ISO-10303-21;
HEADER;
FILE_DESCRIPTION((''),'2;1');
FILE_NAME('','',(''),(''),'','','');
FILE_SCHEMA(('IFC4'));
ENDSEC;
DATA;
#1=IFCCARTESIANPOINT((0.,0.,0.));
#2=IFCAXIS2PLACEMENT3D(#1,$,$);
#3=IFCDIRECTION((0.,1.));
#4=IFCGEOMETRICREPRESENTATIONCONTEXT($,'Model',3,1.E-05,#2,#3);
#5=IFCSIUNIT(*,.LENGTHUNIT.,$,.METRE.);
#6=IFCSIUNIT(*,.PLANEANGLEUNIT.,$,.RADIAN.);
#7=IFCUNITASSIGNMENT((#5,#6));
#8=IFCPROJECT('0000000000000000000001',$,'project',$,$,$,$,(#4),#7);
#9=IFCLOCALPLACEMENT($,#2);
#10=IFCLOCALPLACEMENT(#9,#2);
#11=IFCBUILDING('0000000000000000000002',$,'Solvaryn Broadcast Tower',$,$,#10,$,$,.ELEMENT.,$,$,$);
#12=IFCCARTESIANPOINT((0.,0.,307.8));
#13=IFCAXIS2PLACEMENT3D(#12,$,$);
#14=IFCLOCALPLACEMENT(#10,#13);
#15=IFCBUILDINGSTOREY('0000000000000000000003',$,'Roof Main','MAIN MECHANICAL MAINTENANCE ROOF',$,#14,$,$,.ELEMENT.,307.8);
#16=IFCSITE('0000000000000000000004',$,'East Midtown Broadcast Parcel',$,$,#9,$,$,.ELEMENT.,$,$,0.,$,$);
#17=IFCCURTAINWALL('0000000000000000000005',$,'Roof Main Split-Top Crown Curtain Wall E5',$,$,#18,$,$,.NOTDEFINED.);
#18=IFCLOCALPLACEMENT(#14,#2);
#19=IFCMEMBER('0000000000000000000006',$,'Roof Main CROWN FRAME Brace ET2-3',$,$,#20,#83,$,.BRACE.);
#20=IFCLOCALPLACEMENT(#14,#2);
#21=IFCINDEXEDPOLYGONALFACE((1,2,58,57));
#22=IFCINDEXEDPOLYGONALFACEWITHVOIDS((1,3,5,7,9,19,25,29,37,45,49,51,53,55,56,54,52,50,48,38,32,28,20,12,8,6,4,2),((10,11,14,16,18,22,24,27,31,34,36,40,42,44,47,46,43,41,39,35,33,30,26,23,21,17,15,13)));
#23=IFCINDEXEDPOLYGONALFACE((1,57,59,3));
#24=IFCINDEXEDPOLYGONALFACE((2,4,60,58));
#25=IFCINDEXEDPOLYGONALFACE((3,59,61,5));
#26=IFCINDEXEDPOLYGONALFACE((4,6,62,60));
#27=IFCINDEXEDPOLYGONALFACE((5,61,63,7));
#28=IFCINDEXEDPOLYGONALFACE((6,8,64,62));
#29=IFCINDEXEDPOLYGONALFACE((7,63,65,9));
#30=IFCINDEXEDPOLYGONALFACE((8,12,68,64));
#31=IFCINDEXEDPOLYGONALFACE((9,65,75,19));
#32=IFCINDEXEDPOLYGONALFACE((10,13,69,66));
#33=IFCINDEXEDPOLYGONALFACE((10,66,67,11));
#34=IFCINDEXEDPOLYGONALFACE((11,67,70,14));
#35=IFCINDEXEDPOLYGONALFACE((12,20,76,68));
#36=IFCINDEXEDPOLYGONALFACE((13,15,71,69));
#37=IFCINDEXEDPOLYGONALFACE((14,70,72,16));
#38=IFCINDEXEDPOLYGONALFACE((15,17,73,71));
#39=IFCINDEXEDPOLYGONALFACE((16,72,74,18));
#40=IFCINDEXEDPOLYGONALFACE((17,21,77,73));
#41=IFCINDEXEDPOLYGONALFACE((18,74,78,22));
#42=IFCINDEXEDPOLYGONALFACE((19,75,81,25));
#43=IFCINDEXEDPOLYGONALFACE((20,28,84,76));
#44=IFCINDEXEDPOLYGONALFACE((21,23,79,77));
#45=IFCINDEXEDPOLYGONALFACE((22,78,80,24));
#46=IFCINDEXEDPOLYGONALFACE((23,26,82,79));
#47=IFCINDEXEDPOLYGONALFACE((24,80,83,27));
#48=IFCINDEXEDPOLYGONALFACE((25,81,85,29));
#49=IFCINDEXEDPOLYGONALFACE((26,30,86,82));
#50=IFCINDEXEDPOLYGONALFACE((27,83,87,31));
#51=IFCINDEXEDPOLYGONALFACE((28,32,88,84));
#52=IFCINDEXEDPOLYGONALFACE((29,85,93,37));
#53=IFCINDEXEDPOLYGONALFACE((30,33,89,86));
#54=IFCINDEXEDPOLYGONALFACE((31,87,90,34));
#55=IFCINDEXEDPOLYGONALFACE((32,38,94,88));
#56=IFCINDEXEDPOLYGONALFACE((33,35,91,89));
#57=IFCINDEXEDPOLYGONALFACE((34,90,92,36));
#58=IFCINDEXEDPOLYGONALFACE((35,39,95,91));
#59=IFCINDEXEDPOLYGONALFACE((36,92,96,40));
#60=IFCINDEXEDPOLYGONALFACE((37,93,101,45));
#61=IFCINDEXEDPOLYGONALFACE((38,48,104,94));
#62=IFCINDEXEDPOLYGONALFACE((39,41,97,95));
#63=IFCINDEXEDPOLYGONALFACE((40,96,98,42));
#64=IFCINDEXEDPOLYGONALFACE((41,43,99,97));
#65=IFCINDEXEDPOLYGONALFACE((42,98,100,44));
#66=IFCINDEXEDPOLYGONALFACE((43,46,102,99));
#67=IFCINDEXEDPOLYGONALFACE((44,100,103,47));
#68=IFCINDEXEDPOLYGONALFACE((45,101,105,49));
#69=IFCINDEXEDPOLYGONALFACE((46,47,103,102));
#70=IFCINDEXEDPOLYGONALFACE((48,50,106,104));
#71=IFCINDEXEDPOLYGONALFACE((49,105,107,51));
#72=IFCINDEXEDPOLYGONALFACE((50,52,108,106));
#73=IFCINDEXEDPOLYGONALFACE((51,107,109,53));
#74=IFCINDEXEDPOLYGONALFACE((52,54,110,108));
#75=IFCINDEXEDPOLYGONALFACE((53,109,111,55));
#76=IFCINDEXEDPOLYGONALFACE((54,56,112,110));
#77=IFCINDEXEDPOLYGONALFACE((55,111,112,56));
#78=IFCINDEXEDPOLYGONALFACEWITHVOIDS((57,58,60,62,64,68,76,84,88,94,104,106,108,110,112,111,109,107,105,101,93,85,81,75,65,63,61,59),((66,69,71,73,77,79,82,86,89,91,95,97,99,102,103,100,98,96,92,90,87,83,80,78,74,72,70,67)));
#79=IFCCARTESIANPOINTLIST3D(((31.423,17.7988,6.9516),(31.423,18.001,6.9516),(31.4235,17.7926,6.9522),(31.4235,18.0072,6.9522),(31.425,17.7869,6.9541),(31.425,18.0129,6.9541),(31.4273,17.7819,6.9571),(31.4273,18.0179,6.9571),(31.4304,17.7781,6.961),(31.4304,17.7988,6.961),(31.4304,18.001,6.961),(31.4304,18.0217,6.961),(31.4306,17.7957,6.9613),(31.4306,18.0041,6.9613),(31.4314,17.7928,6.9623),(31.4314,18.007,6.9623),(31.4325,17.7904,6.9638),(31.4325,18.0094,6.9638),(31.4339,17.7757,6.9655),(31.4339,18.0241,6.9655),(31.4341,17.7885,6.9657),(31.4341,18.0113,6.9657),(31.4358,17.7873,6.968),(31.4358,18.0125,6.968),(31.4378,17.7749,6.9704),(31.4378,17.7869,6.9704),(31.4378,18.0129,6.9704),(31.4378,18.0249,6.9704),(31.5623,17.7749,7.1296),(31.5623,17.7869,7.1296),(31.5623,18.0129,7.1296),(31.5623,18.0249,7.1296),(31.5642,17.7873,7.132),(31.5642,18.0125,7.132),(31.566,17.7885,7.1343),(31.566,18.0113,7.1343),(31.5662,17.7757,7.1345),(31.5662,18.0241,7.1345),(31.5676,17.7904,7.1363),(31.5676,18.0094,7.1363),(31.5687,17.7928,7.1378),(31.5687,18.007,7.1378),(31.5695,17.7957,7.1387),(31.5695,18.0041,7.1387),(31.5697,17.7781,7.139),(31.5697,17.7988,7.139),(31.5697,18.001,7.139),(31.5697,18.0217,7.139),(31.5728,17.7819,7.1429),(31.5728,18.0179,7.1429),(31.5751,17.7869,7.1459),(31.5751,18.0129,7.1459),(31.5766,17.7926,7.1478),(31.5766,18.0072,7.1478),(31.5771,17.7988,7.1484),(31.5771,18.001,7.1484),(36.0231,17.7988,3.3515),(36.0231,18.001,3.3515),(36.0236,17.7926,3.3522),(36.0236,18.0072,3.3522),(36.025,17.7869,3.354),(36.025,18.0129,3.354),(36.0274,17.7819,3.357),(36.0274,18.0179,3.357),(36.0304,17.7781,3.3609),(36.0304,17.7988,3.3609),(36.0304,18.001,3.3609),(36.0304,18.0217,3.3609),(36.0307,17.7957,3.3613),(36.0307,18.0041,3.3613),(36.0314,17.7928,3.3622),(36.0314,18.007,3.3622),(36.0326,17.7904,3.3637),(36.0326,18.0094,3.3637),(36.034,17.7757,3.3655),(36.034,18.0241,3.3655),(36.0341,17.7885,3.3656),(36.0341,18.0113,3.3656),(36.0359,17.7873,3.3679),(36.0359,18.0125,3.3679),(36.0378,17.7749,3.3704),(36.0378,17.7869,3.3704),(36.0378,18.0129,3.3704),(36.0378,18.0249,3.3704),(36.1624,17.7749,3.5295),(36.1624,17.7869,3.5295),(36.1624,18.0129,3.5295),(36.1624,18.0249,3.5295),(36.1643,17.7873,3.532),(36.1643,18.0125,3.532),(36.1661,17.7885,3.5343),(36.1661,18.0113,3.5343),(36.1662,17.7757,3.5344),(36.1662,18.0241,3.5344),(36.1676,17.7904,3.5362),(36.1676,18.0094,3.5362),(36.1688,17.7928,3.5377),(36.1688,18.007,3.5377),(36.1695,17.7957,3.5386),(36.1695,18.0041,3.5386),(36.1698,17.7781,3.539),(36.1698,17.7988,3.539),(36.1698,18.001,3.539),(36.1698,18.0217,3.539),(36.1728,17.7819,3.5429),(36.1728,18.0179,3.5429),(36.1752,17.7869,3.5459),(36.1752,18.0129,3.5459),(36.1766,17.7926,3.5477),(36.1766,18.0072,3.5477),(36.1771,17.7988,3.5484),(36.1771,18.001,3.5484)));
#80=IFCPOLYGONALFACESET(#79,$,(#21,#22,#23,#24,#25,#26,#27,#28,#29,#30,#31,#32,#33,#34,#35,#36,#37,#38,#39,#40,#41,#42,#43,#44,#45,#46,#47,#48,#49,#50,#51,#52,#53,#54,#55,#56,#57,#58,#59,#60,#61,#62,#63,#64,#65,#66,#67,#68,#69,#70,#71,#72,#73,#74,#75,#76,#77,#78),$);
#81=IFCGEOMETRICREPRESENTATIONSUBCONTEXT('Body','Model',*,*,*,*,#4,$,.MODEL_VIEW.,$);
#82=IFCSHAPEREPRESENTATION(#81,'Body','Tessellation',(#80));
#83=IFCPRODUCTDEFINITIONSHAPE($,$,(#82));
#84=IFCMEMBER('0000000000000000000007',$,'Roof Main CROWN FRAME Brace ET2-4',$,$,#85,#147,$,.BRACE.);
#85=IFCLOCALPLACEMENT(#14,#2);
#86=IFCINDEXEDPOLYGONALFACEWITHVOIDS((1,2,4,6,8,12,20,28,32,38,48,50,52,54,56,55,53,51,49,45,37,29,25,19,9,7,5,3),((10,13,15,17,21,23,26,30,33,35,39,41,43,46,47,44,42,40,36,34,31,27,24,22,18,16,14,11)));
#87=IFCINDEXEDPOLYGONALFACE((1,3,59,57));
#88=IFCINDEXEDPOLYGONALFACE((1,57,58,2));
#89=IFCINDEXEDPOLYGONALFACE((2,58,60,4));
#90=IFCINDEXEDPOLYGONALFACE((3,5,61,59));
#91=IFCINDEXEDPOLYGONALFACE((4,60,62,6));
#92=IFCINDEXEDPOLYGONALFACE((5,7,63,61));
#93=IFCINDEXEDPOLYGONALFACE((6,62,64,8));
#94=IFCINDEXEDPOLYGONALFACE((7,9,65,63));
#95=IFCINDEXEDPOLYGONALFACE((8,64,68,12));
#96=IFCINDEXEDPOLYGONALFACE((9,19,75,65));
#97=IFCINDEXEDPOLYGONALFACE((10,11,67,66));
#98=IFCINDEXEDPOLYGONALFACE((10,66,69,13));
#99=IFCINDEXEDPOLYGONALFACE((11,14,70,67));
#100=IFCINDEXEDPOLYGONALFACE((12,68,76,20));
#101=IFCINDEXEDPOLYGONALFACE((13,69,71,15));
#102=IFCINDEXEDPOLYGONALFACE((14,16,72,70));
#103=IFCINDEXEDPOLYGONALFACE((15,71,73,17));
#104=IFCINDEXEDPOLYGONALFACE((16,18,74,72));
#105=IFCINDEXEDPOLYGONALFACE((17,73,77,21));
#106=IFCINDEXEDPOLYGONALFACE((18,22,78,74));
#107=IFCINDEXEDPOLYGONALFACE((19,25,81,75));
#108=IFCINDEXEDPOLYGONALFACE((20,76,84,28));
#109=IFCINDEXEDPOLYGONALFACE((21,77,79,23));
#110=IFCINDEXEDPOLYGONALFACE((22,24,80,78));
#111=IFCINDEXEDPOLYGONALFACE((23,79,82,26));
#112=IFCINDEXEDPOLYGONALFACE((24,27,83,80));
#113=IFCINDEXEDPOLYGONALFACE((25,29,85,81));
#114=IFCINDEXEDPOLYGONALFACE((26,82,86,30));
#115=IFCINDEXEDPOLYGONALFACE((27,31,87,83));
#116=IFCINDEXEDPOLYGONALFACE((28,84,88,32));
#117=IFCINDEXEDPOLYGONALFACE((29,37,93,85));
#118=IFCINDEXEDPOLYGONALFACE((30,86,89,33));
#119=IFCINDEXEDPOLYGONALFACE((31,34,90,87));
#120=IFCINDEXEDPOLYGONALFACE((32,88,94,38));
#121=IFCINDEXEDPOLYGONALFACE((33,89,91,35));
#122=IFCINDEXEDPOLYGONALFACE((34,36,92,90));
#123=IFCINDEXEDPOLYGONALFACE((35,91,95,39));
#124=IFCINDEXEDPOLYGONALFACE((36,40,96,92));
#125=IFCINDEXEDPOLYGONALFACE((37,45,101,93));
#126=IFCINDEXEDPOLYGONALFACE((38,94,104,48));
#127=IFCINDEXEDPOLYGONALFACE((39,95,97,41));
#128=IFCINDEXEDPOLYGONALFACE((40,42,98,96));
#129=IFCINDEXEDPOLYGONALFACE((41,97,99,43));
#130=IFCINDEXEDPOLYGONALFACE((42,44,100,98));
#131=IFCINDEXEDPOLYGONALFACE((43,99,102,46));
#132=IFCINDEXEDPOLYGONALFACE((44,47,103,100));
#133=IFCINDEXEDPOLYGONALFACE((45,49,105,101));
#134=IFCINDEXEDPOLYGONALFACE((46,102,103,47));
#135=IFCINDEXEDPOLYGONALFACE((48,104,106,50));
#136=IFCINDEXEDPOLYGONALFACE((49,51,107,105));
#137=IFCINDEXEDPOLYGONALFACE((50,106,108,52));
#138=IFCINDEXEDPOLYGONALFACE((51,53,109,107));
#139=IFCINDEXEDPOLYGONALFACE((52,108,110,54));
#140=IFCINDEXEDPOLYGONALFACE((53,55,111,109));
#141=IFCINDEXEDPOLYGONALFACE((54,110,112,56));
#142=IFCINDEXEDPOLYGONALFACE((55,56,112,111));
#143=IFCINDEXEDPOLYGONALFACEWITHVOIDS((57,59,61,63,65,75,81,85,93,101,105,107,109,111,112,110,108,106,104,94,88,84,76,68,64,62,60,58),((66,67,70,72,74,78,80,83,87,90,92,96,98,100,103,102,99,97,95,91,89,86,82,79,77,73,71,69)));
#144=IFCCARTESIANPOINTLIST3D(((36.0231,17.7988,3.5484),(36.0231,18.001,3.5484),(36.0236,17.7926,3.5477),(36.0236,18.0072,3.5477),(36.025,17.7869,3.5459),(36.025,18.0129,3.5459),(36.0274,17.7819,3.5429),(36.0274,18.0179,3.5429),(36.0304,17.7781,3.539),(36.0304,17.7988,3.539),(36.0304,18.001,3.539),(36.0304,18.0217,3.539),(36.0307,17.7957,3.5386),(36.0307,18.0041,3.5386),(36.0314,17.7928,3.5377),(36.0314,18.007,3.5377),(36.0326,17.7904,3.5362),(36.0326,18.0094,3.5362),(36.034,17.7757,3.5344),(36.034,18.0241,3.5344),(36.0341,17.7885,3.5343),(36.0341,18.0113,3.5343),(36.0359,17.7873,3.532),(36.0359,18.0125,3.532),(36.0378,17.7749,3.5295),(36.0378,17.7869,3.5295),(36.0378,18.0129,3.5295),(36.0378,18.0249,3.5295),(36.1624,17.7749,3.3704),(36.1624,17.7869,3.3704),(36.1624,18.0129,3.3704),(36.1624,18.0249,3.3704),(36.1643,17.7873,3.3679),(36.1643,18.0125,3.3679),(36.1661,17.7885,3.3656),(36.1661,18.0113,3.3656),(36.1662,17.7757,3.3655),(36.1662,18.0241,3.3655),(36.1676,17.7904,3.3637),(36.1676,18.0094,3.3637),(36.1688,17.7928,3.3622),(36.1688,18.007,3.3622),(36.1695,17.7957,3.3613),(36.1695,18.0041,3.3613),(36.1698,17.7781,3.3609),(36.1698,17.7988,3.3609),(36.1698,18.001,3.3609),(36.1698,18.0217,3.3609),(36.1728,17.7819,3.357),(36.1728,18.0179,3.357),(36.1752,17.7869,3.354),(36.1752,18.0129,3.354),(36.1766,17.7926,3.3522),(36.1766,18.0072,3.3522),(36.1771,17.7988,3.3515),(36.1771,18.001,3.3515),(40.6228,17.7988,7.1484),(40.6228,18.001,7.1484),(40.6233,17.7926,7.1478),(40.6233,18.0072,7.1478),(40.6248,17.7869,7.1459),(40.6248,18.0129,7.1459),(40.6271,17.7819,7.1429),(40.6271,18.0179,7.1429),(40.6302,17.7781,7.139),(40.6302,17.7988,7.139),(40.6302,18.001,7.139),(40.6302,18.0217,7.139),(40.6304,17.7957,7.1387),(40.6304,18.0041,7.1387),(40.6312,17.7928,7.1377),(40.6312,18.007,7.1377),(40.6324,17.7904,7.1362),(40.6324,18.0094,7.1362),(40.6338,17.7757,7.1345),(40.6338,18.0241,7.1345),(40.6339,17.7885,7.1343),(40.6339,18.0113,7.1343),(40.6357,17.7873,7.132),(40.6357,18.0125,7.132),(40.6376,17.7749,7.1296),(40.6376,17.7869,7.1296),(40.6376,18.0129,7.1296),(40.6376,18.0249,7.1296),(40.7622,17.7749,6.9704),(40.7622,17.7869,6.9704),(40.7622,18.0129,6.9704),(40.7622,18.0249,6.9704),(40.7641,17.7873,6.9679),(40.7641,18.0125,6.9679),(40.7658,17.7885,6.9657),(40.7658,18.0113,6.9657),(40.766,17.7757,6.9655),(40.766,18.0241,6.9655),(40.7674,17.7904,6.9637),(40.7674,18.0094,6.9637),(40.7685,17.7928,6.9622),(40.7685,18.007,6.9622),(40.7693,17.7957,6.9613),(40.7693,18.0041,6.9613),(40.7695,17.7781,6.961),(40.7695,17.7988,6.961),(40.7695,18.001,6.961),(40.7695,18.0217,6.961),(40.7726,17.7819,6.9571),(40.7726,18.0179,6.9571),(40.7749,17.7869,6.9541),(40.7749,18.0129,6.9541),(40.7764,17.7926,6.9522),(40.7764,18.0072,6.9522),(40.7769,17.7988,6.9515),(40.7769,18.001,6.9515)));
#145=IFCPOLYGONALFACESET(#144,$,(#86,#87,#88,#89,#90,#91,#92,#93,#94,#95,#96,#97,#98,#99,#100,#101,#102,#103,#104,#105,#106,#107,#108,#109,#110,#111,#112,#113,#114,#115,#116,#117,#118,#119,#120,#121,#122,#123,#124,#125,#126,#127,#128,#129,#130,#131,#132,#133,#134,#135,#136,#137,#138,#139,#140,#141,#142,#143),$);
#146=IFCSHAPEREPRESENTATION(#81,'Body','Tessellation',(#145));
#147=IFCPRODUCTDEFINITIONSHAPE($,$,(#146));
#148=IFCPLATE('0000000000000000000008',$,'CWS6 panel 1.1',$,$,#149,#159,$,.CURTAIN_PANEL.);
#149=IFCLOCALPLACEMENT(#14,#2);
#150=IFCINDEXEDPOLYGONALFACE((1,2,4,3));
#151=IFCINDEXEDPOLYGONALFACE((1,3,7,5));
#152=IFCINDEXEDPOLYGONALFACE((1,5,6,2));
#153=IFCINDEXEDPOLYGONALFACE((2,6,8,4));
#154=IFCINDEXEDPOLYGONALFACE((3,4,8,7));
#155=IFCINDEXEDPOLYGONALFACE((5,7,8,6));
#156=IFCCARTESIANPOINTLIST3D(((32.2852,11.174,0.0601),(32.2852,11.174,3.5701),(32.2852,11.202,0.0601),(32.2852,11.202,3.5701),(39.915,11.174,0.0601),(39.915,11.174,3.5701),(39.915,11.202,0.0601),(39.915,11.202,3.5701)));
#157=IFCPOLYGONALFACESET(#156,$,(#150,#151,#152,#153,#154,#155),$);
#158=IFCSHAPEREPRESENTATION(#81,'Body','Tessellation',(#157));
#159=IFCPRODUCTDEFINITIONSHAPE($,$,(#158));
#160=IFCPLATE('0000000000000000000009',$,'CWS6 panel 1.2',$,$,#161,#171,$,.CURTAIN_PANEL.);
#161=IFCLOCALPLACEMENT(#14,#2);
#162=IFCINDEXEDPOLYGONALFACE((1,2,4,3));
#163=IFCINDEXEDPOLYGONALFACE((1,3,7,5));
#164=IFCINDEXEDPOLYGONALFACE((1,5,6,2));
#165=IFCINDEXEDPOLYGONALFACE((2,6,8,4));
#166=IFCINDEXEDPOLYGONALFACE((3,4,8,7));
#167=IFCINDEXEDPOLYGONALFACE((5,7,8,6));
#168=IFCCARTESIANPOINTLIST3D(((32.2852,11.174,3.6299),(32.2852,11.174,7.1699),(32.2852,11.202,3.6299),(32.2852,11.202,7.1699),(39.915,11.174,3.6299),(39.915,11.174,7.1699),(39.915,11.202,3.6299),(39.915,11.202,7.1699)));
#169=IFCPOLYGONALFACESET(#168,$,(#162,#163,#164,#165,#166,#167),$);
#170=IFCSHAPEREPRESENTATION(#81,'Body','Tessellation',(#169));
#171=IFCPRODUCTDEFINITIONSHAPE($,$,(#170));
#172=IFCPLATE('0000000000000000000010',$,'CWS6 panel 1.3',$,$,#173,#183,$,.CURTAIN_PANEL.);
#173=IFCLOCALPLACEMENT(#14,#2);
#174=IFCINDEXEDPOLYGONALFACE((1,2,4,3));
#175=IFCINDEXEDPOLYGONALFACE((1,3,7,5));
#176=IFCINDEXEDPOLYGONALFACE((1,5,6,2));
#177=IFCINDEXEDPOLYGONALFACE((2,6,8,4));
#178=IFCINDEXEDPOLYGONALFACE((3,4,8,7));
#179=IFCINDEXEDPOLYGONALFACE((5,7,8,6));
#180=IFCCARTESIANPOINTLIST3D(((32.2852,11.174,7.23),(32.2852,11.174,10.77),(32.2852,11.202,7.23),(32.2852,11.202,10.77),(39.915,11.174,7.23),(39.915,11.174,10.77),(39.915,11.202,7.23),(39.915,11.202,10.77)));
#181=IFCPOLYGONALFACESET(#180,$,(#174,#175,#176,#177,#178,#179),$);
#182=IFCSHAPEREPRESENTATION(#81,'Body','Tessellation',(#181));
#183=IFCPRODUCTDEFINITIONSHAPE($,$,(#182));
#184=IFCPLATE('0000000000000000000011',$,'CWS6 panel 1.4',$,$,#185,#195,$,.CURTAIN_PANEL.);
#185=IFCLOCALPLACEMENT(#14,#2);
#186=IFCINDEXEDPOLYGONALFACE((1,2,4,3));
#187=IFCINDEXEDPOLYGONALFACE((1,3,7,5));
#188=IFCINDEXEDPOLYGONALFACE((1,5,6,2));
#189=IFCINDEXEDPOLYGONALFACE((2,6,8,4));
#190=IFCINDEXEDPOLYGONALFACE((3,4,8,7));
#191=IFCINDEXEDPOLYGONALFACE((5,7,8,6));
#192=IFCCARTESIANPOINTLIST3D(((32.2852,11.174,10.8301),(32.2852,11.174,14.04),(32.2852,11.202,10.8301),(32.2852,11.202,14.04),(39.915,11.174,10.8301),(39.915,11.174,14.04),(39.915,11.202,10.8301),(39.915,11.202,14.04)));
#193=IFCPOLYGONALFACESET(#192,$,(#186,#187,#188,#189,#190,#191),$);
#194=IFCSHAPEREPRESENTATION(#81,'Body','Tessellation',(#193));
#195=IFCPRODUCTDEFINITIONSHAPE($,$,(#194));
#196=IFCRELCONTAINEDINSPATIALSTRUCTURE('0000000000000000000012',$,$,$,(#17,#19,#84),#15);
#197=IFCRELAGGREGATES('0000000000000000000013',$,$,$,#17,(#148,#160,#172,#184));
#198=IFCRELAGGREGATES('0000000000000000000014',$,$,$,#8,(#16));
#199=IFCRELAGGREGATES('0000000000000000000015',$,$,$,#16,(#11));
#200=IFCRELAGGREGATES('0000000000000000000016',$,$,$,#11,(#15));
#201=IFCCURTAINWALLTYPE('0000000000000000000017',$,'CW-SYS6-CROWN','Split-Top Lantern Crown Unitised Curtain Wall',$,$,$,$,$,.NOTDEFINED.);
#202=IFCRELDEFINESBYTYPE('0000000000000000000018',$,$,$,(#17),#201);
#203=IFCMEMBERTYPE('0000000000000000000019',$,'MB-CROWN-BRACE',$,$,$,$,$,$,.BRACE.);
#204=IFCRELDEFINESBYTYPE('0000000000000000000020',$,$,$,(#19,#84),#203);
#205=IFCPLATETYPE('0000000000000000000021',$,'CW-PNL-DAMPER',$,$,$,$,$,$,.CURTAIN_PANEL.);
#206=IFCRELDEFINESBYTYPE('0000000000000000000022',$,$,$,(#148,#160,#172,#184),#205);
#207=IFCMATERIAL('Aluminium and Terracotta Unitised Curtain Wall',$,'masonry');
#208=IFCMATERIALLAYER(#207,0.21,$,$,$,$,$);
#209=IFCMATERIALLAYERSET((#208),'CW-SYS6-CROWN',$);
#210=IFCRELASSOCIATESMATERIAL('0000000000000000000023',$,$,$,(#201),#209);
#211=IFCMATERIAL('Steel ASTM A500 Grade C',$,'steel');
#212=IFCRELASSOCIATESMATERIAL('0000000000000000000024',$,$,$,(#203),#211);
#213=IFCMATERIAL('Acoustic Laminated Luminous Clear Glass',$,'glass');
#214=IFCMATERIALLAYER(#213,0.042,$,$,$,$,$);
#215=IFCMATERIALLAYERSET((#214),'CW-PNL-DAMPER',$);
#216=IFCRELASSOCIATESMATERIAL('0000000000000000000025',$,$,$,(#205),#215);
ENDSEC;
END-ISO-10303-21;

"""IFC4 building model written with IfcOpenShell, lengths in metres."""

from ifc_helpers import new_model, si_unit, direction, frame, origin, origin_2d, place, context, subcontext, project, spatial, rectangle, hollow_rectangle, extrude, material, layer, layer_set, material_profile, profile_set, type_object, element, aggregate, save


model = new_model("IFC4")

# Units and contexts
model_context = context("Model", 3, precision=1e-05, world=origin(), true_north=direction((0.0, 1.0)))
body_context = subcontext(model_context, "Body", "Model", "MODEL_VIEW")
ifc_project = project(units=[si_unit("LENGTHUNIT", "METRE"), si_unit("PLANEANGLEUNIT", "RADIAN")], contexts=[model_context])

# Site, building, storey
site_placement = place(None, origin())
site = spatial("IfcSite", under=ifc_project, at=site_placement, Name="East Midtown Broadcast Parcel", CompositionType="ELEMENT", RefElevation=0.0)
building_placement = place(site_placement, origin())
building = spatial("IfcBuilding", under=site, at=building_placement, Name="Solvaryn Broadcast Tower", CompositionType="ELEMENT")
storey_placement = place(building_placement, frame((0.0, 0.0, 307.8)))
storey = spatial("IfcBuildingStorey", under=building, at=storey_placement, Name="Roof Main", Description="MAIN MECHANICAL MAINTENANCE ROOF", CompositionType="ELEMENT", Elevation=307.8)

# Curtain wall
ifc_material_1 = material(Name="Aluminium and Terracotta Unitised Curtain Wall", Category="masonry")
ifc_layer_1 = layer(ifc_material_1, 0.21)
ifc_layer_set_1 = layer_set([ifc_layer_1], Name="CW-SYS6-CROWN")
curtain_wall_type = type_object("IfcCurtainWallType", Name="CW-SYS6-CROWN", Description="Split-Top Lantern Crown Unitised Curtain Wall", PredefinedType="NOTDEFINED", material=ifc_layer_set_1)
curtain_wall_1_placement = place(storey_placement, origin())
curtain_wall_1 = element("IfcCurtainWall", 1, at=curtain_wall_1_placement, inside=storey, type_object=curtain_wall_type, Name="Roof Main Split-Top Crown Curtain Wall E5", PredefinedType="NOTDEFINED")

# Members
ifc_material_2 = material(Name="Steel ASTM A500 Grade C", Category="steel")
ifc_material_profile_1 = material_profile(ifc_material_2, hollow_rectangle(XDim=0.25, YDim=0.25, WallThickness=0.012, InnerFilletRadius=0.012, OuterFilletRadius=0.0239, at=origin_2d()))
ifc_profile_set_1 = profile_set([ifc_material_profile_1], Name="Steel ASTM A500 Grade C")
member_type_1 = type_object("IfcMemberType", Name="MB-CROWN-BRACE", PredefinedType="BRACE", material=ifc_profile_set_1)
member_1_placement = place(storey_placement, frame((36.1001, 17.8999, 3.45), z_axis=(-0.787503, 0.0, 0.616311), x_axis=(0.0, -1.0, 0.0)))
element("IfcMember", 2, at=member_1_placement, inside=storey, type_object=member_type_1, Name="Roof Main CROWN FRAME Brace ET2-3", PredefinedType="BRACE", context=body_context, shape_type="SweptSolid", body=[
    extrude(hollow_rectangle(XDim=0.25, YDim=0.25, WallThickness=0.012, InnerFilletRadius=0.012, OuterFilletRadius=0.0239, at=origin_2d()), origin(), (0.0, 0.0, 1.0), 5.8413),
])
member_2_placement = place(storey_placement, frame((36.1001, 17.8999, 3.45), z_axis=(0.787487, 0.0, 0.616331), x_axis=(0.0, 1.0, 0.0)))
element("IfcMember", 3, at=member_2_placement, inside=storey, type_object=member_type_1, Name="Roof Main CROWN FRAME Brace ET2-4", PredefinedType="BRACE", context=body_context, shape_type="SweptSolid", body=[
    extrude(hollow_rectangle(XDim=0.25, YDim=0.25, WallThickness=0.012, InnerFilletRadius=0.012, OuterFilletRadius=0.0239, at=origin_2d()), origin(), (0.0, 0.0, 1.0), 5.8411),
])

# Plates
ifc_material_3 = material(Name="Acoustic Laminated Luminous Clear Glass", Category="glass")
ifc_layer_2 = layer(ifc_material_3, 0.042)
ifc_layer_set_2 = layer_set([ifc_layer_2], Name="CW-PNL-DAMPER")
plate_type_1 = type_object("IfcPlateType", Name="CW-PNL-DAMPER", PredefinedType="CURTAIN_PANEL", material=ifc_layer_set_2)
plate_1_placement = place(storey_placement, frame((36.1001, 11.188, 0.0601), z_axis=(0.0, 0.0, 1.0), x_axis=(1.0, 0.0, 0.0)))
plate_1 = element("IfcPlate", 4, at=plate_1_placement, type_object=plate_type_1, Name="CWS6 panel 1.1", PredefinedType="CURTAIN_PANEL", context=body_context, shape_type="SweptSolid", body=[
    extrude(rectangle(XDim=7.6299, YDim=0.0281, at=origin_2d()), origin(), (0.0, 0.0, 1.0), 3.51),
])
plate_2_placement = place(storey_placement, frame((36.1001, 11.188, 3.6299), z_axis=(0.0, 0.0, 1.0), x_axis=(1.0, 0.0, 0.0)))
plate_2 = element("IfcPlate", 5, at=plate_2_placement, type_object=plate_type_1, Name="CWS6 panel 1.2", PredefinedType="CURTAIN_PANEL", context=body_context, shape_type="SweptSolid", body=[
    extrude(rectangle(XDim=7.6299, YDim=0.0281, at=origin_2d()), origin(), (0.0, 0.0, 1.0), 3.54),
])
plate_3_placement = place(storey_placement, frame((36.1001, 11.188, 7.23), z_axis=(0.0, 0.0, 1.0), x_axis=(1.0, 0.0, 0.0)))
plate_3 = element("IfcPlate", 6, at=plate_3_placement, type_object=plate_type_1, Name="CWS6 panel 1.3", PredefinedType="CURTAIN_PANEL", context=body_context, shape_type="SweptSolid", body=[
    extrude(rectangle(XDim=7.6299, YDim=0.0281, at=origin_2d()), origin(), (0.0, 0.0, 1.0), 3.54),
])
plate_4_placement = place(storey_placement, frame((36.1001, 11.188, 10.8301), z_axis=(0.0, 0.0, 1.0), x_axis=(1.0, 0.0, 0.0)))
plate_4 = element("IfcPlate", 7, at=plate_4_placement, type_object=plate_type_1, Name="CWS6 panel 1.4", PredefinedType="CURTAIN_PANEL", context=body_context, shape_type="SweptSolid", body=[
    extrude(rectangle(XDim=7.6299, YDim=0.0281, at=origin_2d()), origin(), (0.0, 0.0, 1.0), 3.21),
])
aggregate(curtain_wall_1, [plate_1, plate_2, plate_3, plate_4])

save(model, "model.ifc")
